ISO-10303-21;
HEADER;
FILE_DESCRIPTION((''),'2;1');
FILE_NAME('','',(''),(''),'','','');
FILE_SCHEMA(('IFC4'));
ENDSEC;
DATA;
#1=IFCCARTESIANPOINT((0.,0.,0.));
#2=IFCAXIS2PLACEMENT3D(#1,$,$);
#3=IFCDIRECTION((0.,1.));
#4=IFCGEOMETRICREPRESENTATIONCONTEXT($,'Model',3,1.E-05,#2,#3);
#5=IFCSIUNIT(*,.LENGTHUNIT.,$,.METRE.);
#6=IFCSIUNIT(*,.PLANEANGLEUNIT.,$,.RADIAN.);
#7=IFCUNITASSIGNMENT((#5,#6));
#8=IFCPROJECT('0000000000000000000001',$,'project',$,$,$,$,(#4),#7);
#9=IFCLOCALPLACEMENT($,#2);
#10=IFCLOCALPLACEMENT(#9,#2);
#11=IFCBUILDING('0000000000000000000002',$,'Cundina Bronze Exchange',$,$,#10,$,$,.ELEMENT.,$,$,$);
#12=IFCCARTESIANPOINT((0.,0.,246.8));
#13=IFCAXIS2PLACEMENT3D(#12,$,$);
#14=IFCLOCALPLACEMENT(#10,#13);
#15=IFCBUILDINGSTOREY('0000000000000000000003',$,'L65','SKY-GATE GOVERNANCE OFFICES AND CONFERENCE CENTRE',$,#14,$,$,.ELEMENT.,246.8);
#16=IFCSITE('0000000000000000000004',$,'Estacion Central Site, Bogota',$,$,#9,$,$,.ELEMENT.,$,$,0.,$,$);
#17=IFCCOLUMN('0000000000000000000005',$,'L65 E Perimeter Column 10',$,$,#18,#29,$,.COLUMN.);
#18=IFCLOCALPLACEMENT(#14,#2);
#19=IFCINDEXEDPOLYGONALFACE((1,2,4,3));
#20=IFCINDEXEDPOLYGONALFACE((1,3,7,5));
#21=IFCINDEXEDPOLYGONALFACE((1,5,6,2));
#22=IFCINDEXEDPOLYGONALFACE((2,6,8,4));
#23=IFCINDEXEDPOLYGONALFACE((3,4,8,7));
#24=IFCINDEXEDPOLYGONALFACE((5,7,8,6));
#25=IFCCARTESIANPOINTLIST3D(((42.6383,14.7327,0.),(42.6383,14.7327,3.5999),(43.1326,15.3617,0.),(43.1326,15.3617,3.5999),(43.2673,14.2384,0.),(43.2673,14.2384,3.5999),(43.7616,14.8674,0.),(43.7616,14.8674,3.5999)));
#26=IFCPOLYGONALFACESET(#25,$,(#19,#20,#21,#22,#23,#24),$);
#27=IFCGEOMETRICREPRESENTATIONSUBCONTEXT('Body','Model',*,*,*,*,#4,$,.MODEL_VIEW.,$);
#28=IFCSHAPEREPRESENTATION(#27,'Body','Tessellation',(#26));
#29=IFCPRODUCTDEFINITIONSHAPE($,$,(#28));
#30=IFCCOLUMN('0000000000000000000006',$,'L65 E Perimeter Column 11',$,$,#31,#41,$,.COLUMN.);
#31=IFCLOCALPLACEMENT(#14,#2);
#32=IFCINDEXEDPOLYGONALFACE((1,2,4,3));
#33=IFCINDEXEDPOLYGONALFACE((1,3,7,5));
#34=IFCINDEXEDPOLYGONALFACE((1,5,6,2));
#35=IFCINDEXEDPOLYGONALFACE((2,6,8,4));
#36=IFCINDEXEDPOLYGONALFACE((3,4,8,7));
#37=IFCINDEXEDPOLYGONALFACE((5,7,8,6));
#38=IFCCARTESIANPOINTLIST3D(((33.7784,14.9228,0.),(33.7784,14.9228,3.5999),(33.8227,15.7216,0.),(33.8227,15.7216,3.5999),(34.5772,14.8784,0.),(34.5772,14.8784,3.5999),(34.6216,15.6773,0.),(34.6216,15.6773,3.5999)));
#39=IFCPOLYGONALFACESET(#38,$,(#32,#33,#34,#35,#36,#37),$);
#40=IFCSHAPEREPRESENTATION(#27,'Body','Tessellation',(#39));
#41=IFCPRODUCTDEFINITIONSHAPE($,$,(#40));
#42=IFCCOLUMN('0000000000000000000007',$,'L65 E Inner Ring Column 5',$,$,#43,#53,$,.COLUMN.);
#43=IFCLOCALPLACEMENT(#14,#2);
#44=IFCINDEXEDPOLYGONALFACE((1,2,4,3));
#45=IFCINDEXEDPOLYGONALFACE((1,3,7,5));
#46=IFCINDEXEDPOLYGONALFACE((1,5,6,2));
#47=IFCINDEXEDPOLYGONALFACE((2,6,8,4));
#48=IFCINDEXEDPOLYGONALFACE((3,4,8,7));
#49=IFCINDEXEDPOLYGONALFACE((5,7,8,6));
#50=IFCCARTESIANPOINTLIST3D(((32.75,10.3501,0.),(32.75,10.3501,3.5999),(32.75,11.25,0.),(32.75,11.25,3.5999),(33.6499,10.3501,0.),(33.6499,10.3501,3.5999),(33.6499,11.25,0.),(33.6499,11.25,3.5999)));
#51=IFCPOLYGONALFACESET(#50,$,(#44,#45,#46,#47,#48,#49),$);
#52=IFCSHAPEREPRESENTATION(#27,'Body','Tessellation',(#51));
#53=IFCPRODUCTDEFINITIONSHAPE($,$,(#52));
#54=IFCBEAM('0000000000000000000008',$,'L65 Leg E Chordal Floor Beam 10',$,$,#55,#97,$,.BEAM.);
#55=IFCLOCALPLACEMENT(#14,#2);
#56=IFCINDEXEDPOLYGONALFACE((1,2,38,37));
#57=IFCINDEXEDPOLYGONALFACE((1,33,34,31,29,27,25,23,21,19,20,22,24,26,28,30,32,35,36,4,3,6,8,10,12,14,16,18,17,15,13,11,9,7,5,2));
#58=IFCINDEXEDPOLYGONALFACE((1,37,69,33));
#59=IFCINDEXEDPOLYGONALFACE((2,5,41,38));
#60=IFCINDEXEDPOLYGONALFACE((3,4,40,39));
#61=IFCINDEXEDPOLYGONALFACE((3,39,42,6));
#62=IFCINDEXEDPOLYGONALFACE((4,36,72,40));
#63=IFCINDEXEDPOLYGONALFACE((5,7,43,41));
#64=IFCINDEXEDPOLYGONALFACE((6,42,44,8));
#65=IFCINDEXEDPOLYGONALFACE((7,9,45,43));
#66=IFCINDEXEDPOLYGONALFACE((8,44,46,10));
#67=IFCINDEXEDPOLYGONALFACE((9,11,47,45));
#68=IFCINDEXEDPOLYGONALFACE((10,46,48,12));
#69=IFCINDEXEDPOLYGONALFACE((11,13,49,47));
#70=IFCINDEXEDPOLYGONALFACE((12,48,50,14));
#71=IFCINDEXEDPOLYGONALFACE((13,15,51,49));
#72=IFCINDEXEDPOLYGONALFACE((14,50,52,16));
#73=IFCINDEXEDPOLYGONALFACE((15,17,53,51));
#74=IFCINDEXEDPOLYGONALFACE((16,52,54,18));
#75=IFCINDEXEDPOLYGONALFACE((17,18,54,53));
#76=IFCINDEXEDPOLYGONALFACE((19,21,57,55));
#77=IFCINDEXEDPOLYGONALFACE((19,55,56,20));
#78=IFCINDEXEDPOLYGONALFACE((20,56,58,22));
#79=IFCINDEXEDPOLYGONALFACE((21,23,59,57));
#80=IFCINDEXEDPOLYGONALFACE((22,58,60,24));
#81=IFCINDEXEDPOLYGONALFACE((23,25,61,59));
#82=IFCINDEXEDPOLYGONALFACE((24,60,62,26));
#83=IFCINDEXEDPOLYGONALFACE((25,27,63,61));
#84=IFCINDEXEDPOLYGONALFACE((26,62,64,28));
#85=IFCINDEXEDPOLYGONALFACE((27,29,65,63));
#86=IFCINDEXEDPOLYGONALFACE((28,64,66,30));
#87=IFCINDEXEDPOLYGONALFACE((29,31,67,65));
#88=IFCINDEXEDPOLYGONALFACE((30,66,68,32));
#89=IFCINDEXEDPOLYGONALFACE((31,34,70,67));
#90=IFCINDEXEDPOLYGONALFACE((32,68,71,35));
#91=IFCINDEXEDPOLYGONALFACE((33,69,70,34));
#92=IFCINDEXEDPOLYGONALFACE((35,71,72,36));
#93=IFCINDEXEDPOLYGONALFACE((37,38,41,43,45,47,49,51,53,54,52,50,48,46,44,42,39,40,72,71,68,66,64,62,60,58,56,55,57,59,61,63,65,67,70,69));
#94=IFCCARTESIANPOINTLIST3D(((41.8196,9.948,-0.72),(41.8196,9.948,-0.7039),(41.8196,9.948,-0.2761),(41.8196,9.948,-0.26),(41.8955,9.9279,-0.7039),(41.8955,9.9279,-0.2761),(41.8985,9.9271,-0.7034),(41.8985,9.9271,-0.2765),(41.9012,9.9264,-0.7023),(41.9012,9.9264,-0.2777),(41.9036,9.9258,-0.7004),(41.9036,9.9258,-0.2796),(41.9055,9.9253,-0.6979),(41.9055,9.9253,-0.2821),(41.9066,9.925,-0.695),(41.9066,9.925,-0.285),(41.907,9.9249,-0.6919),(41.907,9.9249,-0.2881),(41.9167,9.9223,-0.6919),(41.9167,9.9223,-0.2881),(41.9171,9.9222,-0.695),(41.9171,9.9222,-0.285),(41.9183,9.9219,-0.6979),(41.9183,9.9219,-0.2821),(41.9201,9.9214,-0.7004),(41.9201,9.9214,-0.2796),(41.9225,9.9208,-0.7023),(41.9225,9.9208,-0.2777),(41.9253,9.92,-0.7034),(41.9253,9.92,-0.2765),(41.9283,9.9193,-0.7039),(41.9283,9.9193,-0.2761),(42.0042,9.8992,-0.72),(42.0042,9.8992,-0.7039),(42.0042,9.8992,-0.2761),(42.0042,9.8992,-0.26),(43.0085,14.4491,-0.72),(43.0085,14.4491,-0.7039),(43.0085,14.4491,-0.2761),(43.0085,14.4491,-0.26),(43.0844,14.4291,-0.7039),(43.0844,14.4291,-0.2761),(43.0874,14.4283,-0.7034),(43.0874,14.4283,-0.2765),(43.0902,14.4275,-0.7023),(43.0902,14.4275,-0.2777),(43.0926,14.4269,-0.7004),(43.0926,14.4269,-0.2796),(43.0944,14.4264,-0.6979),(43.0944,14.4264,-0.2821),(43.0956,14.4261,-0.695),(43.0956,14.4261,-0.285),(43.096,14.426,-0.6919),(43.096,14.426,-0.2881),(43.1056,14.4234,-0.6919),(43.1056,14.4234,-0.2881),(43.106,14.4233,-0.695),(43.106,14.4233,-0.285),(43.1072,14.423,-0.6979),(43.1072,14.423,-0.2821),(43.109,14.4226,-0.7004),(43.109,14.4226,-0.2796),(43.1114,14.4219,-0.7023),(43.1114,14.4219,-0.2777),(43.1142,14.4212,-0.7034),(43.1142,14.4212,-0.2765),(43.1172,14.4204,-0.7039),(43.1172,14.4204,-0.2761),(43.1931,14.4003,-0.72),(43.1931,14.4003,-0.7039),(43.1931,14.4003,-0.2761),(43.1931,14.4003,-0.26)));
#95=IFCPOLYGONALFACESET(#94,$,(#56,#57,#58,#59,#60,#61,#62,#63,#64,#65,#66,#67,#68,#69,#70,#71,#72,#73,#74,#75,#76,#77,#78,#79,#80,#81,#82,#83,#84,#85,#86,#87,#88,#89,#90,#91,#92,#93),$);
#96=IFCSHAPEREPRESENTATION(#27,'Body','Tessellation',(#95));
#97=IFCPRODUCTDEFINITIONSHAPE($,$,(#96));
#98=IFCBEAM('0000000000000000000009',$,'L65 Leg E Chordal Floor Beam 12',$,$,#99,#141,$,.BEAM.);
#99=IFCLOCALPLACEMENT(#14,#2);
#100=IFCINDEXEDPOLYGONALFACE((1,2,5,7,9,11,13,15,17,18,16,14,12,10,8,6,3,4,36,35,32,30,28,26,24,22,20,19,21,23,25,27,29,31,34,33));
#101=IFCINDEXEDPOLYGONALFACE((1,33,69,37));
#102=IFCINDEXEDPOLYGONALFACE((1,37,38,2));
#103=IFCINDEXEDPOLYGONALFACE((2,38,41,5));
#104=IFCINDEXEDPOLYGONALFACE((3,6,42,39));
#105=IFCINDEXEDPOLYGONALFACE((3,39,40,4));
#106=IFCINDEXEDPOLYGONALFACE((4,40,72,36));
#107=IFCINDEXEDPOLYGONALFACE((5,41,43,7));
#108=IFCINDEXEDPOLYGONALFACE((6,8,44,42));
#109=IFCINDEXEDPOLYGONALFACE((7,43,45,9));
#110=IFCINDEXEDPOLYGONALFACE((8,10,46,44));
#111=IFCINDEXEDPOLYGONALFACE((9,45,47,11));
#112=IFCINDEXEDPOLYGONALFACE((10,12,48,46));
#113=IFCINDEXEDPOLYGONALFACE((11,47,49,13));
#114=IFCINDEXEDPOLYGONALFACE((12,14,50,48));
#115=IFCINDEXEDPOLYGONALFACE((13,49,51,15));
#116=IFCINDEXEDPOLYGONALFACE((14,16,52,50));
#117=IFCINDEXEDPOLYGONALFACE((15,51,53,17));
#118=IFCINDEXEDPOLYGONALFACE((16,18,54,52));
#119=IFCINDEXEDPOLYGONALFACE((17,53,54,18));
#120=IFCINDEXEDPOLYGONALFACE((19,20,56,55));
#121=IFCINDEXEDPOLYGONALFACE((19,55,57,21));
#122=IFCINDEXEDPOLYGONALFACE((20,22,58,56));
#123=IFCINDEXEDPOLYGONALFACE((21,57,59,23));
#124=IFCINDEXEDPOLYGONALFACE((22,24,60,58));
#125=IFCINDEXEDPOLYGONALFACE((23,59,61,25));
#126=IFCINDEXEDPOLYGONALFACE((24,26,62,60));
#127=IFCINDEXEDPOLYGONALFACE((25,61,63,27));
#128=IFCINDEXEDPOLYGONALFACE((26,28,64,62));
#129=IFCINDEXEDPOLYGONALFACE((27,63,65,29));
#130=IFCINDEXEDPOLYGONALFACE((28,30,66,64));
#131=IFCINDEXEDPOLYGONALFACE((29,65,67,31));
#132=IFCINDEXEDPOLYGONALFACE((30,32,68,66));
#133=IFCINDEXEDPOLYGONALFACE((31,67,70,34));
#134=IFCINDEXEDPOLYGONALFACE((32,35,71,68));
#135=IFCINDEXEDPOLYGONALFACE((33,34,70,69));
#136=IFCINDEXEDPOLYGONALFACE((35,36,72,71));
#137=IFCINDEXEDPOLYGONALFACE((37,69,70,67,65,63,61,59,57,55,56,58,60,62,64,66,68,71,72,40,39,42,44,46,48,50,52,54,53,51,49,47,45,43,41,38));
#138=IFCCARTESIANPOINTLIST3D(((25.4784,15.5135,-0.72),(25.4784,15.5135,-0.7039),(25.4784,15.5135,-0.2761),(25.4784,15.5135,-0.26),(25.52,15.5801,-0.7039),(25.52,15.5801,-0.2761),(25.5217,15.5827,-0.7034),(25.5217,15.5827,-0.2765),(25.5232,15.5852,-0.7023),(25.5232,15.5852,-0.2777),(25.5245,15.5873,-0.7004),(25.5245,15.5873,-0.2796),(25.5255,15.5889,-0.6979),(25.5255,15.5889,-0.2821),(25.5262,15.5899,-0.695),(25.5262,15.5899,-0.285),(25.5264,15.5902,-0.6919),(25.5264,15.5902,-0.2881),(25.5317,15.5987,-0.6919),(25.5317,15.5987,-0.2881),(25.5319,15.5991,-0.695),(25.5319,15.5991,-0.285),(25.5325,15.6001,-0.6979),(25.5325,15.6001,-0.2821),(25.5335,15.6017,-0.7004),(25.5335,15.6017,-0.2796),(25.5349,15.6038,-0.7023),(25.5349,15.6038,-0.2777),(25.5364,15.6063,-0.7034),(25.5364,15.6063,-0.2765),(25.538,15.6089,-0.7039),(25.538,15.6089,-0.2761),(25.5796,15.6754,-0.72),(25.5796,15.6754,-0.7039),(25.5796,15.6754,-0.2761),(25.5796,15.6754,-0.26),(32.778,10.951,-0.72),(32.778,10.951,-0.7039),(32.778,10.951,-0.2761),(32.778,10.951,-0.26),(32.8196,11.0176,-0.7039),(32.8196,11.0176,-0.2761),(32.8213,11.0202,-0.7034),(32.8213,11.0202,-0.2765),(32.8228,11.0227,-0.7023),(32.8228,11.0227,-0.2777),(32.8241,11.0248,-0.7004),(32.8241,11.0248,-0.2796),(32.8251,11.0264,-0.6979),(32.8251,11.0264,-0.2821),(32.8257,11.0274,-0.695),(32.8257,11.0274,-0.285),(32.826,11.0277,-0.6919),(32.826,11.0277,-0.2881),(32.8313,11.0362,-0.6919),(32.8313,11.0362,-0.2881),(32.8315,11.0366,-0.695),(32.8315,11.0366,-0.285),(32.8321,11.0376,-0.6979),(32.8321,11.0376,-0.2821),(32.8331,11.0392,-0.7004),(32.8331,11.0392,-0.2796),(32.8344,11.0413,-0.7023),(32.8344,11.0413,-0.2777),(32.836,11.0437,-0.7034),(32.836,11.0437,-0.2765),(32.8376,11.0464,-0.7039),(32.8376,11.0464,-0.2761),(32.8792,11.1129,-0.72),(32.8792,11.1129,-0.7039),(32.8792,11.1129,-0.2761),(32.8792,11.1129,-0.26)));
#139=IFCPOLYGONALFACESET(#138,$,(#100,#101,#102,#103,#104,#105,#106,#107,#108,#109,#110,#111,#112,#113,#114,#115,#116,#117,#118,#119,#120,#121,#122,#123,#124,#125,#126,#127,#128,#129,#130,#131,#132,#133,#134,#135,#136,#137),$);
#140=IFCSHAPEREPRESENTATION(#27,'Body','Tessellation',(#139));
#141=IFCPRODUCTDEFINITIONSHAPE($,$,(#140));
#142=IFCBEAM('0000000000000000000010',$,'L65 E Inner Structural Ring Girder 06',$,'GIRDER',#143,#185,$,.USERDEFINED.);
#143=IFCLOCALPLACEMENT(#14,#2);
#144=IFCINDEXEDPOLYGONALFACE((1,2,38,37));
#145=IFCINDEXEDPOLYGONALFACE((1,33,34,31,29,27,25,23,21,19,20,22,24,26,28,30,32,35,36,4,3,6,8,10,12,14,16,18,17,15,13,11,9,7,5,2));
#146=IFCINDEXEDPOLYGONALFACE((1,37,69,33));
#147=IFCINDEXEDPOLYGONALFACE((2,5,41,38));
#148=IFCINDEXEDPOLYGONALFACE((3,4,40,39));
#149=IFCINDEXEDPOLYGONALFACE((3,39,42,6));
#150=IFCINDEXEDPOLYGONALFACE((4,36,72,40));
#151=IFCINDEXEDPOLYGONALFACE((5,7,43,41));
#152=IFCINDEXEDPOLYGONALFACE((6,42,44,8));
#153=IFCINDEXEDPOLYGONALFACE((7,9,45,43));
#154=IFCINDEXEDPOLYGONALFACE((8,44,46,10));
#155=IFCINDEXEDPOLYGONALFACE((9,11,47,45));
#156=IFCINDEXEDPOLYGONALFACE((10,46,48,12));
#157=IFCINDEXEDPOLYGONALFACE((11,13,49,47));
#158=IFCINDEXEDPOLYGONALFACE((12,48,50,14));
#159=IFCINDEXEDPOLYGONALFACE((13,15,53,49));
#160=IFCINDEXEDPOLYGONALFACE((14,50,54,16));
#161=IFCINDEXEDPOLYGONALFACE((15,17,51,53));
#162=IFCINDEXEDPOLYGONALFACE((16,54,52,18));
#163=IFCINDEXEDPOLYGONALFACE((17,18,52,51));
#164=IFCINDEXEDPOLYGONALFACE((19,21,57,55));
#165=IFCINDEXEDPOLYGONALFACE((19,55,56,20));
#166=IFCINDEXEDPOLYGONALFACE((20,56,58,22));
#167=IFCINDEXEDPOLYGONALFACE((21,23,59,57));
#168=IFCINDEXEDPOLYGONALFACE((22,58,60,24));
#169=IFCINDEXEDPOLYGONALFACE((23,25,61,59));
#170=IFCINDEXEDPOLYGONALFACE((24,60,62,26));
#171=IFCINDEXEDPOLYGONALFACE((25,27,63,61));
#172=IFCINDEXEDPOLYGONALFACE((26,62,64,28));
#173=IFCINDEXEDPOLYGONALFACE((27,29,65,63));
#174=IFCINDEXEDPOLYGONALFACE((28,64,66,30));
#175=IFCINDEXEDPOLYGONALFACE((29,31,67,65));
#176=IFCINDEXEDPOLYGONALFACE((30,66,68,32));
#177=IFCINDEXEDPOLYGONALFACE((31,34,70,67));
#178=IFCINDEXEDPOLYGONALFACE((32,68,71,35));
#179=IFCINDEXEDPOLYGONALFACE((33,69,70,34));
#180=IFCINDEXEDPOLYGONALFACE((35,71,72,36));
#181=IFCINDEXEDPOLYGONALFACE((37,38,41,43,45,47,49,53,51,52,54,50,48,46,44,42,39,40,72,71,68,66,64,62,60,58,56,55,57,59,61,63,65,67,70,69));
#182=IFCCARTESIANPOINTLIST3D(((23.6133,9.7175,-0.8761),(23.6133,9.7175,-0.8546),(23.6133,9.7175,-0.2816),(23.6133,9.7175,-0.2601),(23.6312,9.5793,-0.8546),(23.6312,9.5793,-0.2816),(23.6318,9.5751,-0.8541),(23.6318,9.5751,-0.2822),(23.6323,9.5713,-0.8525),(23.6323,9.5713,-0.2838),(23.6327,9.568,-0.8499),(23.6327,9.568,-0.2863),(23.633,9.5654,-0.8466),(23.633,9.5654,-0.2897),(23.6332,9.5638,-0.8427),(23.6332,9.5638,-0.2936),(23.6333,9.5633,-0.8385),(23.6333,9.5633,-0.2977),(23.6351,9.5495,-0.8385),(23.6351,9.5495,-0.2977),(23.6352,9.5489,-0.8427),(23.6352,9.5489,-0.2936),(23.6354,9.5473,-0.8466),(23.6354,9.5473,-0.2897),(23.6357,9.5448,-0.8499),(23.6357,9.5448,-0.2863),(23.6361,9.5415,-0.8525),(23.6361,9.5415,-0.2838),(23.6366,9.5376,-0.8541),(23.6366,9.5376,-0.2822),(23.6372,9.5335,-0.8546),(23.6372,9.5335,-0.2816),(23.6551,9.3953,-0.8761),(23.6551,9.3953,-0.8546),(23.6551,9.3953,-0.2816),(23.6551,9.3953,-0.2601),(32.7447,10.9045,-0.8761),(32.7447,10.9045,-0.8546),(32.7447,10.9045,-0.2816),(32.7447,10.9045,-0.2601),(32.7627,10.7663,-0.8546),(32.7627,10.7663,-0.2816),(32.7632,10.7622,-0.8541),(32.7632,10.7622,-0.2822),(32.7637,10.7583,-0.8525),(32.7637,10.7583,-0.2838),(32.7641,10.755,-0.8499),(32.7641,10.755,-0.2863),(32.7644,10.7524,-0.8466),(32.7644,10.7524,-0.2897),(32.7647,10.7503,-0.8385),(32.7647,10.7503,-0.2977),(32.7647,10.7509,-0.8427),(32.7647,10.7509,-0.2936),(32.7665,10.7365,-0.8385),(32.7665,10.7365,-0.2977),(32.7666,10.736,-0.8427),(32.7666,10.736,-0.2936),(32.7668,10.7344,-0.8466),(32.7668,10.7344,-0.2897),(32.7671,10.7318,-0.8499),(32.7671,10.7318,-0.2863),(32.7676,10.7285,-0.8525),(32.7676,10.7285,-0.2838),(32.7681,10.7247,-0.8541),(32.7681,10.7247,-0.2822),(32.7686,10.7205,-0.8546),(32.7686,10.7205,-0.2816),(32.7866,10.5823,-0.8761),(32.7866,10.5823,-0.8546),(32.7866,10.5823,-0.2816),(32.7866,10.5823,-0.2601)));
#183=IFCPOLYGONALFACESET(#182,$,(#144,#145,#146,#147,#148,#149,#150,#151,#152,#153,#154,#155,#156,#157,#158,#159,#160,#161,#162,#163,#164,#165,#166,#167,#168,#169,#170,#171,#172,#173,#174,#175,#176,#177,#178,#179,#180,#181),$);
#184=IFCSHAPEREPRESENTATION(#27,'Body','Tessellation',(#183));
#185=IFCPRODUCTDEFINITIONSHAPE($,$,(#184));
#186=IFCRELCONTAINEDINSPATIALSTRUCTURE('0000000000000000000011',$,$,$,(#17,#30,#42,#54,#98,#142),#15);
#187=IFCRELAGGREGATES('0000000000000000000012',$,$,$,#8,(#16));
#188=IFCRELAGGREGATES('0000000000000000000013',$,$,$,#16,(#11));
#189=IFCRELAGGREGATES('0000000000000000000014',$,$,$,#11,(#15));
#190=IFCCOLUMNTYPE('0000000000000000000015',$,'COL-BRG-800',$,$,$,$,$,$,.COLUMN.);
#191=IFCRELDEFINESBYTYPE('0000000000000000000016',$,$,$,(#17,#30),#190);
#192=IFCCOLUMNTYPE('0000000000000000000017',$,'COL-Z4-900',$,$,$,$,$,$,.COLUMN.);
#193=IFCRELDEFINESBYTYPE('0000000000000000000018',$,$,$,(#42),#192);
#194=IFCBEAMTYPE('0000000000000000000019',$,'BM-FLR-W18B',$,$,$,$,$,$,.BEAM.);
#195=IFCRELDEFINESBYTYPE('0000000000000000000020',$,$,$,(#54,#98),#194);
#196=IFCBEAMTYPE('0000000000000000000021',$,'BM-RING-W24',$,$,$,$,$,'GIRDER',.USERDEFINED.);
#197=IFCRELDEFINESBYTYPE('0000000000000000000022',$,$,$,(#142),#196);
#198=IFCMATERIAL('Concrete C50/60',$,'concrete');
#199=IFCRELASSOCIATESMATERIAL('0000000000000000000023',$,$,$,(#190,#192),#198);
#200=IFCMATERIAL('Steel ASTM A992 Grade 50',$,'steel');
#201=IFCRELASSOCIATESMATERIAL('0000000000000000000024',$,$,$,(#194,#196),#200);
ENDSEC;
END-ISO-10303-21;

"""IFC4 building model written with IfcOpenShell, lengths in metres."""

from ifc_helpers import new_model, si_unit, direction, frame, origin, origin_2d, place, context, subcontext, project, spatial, rectangle, i_section, extrude, material, material_profile, profile_set, type_object, element, save


model = new_model("IFC4")

# Units and contexts
model_context = context("Model", 3, precision=1e-05, world=origin(), true_north=direction((0.0, 1.0)))
body_context = subcontext(model_context, "Body", "Model", "MODEL_VIEW")
ifc_project = project(units=[si_unit("LENGTHUNIT", "METRE"), si_unit("PLANEANGLEUNIT", "RADIAN")], contexts=[model_context])

# Site, building, storey
site_placement = place(None, origin())
site = spatial("IfcSite", under=ifc_project, at=site_placement, Name="Estacion Central Site, Bogota", CompositionType="ELEMENT", RefElevation=0.0)
building_placement = place(site_placement, origin())
building = spatial("IfcBuilding", under=site, at=building_placement, Name="Cundina Bronze Exchange", CompositionType="ELEMENT")
storey_placement = place(building_placement, frame((0.0, 0.0, 246.8)))
storey = spatial("IfcBuildingStorey", under=building, at=storey_placement, Name="L65", Description="SKY-GATE GOVERNANCE OFFICES AND CONFERENCE CENTRE", CompositionType="ELEMENT", Elevation=246.8)

# Columns
ifc_material_1 = material(Name="Concrete C50/60", Category="concrete")
ifc_material_profile_1 = material_profile(ifc_material_1, rectangle(XDim=0.8, YDim=0.8, at=origin_2d()), Name="RC800X800", Category="concrete")
ifc_profile_set_1 = profile_set([ifc_material_profile_1], Name="Concrete C50/60")
column_type_1 = type_object("IfcColumnType", Name="COL-BRG-800", PredefinedType="COLUMN", material=ifc_profile_set_1)
for number, where, z_axis, x_axis, name in (
    (1, (43.2, 14.8, 0.0), (0.0, 0.0, 1.0), (-0.786288, 0.61786, 0.0), "L65 E Perimeter Column 10"),
    (2, (34.2, 15.3, 0.0), (0.0, 0.0, 1.0), (-0.99846, 0.055473, 0.0), "L65 E Perimeter Column 11"),
):
    element("IfcColumn", number, at=place(storey_placement, frame(where, z_axis=z_axis, x_axis=x_axis)), inside=storey, type_object=column_type_1, Name=name, PredefinedType="COLUMN", context=body_context, shape_type="SweptSolid", body=[
        extrude(rectangle(XDim=0.8, YDim=0.8, at=origin_2d()), origin(), (0.0, 0.0, 1.0), 3.5999),
    ])
ifc_material_profile_2 = material_profile(ifc_material_1, rectangle(XDim=0.8999, YDim=0.8999, at=origin_2d()), Name="RC900X900", Category="concrete")
ifc_profile_set_2 = profile_set([ifc_material_profile_2], Name="Concrete C50/60")
column_type_2 = type_object("IfcColumnType", Name="COL-Z4-900", PredefinedType="COLUMN", material=ifc_profile_set_2)
column_placement = place(storey_placement, frame((33.2, 10.8, 0.0), z_axis=(0.0, 0.0, 1.0), x_axis=(1.0, 0.0, 0.0)))
element("IfcColumn", 3, at=column_placement, inside=storey, type_object=column_type_2, Name="L65 E Inner Ring Column 5", PredefinedType="COLUMN", context=body_context, shape_type="SweptSolid", body=[
    extrude(rectangle(XDim=0.8999, YDim=0.8999, at=origin_2d()), origin(), (0.0, 0.0, 1.0), 3.5999),
])

# Beams
ifc_material_2 = material(Name="Steel ASTM A992 Grade 50", Category="steel")
ifc_material_profile_3 = material_profile(ifc_material_2, i_section(OverallWidth=0.1909, OverallDepth=0.46, WebThickness=0.01, FlangeThickness=0.0161, FilletRadius=0.012, at=origin_2d()), Name="W18X55", Category="steel")
ifc_profile_set_3 = profile_set([ifc_material_profile_3], Name="Steel ASTM A992 Grade 50")
beam_type_1 = type_object("IfcBeamType", Name="BM-FLR-W18B", PredefinedType="BEAM", material=ifc_profile_set_3)
beam_1_placement = place(storey_placement, frame((41.9119, 9.9236, -0.49), z_axis=(0.255384, 0.96684, 0.0), x_axis=(-0.96684, 0.255384, 0.0)))
element("IfcBeam", 4, at=beam_1_placement, inside=storey, type_object=beam_type_1, Name="L65 Leg E Chordal Floor Beam 10", PredefinedType="BEAM", context=body_context, shape_type="SweptSolid", body=[
    extrude(i_section(OverallWidth=0.1909, OverallDepth=0.46, WebThickness=0.01, FlangeThickness=0.0161, FilletRadius=0.012, at=origin_2d()), origin(), (0.0, 0.0, 1.0), 4.6555),
])
beam_2_placement = place(storey_placement, frame((32.8286, 11.032, -0.49), z_axis=(-0.847984, 0.530022, 0.0), x_axis=(-0.530022, -0.847984, 0.0)))
element("IfcBeam", 5, at=beam_2_placement, inside=storey, type_object=beam_type_1, Name="L65 Leg E Chordal Floor Beam 12", PredefinedType="BEAM", context=body_context, shape_type="SweptSolid", body=[
    extrude(i_section(OverallWidth=0.1909, OverallDepth=0.46, WebThickness=0.01, FlangeThickness=0.0161, FilletRadius=0.012, at=origin_2d()), origin(), (0.0, 0.0, 1.0), 8.6082),
])
ifc_material_profile_4 = material_profile(ifc_material_2, i_section(OverallWidth=0.325, OverallDepth=0.616, WebThickness=0.0139, FlangeThickness=0.0215, FilletRadius=0.0161, at=origin_2d()), Name="W24X117", Category="steel")
ifc_profile_set_4 = profile_set([ifc_material_profile_4], Name="Steel ASTM A992 Grade 50")
beam_type_2 = type_object("IfcBeamType", Name="BM-RING-W24", ElementType="GIRDER", PredefinedType="USERDEFINED", material=ifc_profile_set_4)
beam_3_placement = place(storey_placement, frame((32.7656, 10.7434, -0.5681), z_axis=(-0.991656, -0.128908, 0.0), x_axis=(0.128908, -0.991656, 0.0)))
element("IfcBeam", 6, at=beam_3_placement, inside=storey, type_object=beam_type_2, Name="L65 E Inner Structural Ring Girder 06", ObjectType="GIRDER", PredefinedType="USERDEFINED", context=body_context, shape_type="SweptSolid", body=[
    extrude(i_section(OverallWidth=0.325, OverallDepth=0.616, WebThickness=0.0139, FlangeThickness=0.0215, FilletRadius=0.0161, at=origin_2d()), origin(), (0.0, 0.0, 1.0), 9.2083),
])

save(model, "model.ifc")
